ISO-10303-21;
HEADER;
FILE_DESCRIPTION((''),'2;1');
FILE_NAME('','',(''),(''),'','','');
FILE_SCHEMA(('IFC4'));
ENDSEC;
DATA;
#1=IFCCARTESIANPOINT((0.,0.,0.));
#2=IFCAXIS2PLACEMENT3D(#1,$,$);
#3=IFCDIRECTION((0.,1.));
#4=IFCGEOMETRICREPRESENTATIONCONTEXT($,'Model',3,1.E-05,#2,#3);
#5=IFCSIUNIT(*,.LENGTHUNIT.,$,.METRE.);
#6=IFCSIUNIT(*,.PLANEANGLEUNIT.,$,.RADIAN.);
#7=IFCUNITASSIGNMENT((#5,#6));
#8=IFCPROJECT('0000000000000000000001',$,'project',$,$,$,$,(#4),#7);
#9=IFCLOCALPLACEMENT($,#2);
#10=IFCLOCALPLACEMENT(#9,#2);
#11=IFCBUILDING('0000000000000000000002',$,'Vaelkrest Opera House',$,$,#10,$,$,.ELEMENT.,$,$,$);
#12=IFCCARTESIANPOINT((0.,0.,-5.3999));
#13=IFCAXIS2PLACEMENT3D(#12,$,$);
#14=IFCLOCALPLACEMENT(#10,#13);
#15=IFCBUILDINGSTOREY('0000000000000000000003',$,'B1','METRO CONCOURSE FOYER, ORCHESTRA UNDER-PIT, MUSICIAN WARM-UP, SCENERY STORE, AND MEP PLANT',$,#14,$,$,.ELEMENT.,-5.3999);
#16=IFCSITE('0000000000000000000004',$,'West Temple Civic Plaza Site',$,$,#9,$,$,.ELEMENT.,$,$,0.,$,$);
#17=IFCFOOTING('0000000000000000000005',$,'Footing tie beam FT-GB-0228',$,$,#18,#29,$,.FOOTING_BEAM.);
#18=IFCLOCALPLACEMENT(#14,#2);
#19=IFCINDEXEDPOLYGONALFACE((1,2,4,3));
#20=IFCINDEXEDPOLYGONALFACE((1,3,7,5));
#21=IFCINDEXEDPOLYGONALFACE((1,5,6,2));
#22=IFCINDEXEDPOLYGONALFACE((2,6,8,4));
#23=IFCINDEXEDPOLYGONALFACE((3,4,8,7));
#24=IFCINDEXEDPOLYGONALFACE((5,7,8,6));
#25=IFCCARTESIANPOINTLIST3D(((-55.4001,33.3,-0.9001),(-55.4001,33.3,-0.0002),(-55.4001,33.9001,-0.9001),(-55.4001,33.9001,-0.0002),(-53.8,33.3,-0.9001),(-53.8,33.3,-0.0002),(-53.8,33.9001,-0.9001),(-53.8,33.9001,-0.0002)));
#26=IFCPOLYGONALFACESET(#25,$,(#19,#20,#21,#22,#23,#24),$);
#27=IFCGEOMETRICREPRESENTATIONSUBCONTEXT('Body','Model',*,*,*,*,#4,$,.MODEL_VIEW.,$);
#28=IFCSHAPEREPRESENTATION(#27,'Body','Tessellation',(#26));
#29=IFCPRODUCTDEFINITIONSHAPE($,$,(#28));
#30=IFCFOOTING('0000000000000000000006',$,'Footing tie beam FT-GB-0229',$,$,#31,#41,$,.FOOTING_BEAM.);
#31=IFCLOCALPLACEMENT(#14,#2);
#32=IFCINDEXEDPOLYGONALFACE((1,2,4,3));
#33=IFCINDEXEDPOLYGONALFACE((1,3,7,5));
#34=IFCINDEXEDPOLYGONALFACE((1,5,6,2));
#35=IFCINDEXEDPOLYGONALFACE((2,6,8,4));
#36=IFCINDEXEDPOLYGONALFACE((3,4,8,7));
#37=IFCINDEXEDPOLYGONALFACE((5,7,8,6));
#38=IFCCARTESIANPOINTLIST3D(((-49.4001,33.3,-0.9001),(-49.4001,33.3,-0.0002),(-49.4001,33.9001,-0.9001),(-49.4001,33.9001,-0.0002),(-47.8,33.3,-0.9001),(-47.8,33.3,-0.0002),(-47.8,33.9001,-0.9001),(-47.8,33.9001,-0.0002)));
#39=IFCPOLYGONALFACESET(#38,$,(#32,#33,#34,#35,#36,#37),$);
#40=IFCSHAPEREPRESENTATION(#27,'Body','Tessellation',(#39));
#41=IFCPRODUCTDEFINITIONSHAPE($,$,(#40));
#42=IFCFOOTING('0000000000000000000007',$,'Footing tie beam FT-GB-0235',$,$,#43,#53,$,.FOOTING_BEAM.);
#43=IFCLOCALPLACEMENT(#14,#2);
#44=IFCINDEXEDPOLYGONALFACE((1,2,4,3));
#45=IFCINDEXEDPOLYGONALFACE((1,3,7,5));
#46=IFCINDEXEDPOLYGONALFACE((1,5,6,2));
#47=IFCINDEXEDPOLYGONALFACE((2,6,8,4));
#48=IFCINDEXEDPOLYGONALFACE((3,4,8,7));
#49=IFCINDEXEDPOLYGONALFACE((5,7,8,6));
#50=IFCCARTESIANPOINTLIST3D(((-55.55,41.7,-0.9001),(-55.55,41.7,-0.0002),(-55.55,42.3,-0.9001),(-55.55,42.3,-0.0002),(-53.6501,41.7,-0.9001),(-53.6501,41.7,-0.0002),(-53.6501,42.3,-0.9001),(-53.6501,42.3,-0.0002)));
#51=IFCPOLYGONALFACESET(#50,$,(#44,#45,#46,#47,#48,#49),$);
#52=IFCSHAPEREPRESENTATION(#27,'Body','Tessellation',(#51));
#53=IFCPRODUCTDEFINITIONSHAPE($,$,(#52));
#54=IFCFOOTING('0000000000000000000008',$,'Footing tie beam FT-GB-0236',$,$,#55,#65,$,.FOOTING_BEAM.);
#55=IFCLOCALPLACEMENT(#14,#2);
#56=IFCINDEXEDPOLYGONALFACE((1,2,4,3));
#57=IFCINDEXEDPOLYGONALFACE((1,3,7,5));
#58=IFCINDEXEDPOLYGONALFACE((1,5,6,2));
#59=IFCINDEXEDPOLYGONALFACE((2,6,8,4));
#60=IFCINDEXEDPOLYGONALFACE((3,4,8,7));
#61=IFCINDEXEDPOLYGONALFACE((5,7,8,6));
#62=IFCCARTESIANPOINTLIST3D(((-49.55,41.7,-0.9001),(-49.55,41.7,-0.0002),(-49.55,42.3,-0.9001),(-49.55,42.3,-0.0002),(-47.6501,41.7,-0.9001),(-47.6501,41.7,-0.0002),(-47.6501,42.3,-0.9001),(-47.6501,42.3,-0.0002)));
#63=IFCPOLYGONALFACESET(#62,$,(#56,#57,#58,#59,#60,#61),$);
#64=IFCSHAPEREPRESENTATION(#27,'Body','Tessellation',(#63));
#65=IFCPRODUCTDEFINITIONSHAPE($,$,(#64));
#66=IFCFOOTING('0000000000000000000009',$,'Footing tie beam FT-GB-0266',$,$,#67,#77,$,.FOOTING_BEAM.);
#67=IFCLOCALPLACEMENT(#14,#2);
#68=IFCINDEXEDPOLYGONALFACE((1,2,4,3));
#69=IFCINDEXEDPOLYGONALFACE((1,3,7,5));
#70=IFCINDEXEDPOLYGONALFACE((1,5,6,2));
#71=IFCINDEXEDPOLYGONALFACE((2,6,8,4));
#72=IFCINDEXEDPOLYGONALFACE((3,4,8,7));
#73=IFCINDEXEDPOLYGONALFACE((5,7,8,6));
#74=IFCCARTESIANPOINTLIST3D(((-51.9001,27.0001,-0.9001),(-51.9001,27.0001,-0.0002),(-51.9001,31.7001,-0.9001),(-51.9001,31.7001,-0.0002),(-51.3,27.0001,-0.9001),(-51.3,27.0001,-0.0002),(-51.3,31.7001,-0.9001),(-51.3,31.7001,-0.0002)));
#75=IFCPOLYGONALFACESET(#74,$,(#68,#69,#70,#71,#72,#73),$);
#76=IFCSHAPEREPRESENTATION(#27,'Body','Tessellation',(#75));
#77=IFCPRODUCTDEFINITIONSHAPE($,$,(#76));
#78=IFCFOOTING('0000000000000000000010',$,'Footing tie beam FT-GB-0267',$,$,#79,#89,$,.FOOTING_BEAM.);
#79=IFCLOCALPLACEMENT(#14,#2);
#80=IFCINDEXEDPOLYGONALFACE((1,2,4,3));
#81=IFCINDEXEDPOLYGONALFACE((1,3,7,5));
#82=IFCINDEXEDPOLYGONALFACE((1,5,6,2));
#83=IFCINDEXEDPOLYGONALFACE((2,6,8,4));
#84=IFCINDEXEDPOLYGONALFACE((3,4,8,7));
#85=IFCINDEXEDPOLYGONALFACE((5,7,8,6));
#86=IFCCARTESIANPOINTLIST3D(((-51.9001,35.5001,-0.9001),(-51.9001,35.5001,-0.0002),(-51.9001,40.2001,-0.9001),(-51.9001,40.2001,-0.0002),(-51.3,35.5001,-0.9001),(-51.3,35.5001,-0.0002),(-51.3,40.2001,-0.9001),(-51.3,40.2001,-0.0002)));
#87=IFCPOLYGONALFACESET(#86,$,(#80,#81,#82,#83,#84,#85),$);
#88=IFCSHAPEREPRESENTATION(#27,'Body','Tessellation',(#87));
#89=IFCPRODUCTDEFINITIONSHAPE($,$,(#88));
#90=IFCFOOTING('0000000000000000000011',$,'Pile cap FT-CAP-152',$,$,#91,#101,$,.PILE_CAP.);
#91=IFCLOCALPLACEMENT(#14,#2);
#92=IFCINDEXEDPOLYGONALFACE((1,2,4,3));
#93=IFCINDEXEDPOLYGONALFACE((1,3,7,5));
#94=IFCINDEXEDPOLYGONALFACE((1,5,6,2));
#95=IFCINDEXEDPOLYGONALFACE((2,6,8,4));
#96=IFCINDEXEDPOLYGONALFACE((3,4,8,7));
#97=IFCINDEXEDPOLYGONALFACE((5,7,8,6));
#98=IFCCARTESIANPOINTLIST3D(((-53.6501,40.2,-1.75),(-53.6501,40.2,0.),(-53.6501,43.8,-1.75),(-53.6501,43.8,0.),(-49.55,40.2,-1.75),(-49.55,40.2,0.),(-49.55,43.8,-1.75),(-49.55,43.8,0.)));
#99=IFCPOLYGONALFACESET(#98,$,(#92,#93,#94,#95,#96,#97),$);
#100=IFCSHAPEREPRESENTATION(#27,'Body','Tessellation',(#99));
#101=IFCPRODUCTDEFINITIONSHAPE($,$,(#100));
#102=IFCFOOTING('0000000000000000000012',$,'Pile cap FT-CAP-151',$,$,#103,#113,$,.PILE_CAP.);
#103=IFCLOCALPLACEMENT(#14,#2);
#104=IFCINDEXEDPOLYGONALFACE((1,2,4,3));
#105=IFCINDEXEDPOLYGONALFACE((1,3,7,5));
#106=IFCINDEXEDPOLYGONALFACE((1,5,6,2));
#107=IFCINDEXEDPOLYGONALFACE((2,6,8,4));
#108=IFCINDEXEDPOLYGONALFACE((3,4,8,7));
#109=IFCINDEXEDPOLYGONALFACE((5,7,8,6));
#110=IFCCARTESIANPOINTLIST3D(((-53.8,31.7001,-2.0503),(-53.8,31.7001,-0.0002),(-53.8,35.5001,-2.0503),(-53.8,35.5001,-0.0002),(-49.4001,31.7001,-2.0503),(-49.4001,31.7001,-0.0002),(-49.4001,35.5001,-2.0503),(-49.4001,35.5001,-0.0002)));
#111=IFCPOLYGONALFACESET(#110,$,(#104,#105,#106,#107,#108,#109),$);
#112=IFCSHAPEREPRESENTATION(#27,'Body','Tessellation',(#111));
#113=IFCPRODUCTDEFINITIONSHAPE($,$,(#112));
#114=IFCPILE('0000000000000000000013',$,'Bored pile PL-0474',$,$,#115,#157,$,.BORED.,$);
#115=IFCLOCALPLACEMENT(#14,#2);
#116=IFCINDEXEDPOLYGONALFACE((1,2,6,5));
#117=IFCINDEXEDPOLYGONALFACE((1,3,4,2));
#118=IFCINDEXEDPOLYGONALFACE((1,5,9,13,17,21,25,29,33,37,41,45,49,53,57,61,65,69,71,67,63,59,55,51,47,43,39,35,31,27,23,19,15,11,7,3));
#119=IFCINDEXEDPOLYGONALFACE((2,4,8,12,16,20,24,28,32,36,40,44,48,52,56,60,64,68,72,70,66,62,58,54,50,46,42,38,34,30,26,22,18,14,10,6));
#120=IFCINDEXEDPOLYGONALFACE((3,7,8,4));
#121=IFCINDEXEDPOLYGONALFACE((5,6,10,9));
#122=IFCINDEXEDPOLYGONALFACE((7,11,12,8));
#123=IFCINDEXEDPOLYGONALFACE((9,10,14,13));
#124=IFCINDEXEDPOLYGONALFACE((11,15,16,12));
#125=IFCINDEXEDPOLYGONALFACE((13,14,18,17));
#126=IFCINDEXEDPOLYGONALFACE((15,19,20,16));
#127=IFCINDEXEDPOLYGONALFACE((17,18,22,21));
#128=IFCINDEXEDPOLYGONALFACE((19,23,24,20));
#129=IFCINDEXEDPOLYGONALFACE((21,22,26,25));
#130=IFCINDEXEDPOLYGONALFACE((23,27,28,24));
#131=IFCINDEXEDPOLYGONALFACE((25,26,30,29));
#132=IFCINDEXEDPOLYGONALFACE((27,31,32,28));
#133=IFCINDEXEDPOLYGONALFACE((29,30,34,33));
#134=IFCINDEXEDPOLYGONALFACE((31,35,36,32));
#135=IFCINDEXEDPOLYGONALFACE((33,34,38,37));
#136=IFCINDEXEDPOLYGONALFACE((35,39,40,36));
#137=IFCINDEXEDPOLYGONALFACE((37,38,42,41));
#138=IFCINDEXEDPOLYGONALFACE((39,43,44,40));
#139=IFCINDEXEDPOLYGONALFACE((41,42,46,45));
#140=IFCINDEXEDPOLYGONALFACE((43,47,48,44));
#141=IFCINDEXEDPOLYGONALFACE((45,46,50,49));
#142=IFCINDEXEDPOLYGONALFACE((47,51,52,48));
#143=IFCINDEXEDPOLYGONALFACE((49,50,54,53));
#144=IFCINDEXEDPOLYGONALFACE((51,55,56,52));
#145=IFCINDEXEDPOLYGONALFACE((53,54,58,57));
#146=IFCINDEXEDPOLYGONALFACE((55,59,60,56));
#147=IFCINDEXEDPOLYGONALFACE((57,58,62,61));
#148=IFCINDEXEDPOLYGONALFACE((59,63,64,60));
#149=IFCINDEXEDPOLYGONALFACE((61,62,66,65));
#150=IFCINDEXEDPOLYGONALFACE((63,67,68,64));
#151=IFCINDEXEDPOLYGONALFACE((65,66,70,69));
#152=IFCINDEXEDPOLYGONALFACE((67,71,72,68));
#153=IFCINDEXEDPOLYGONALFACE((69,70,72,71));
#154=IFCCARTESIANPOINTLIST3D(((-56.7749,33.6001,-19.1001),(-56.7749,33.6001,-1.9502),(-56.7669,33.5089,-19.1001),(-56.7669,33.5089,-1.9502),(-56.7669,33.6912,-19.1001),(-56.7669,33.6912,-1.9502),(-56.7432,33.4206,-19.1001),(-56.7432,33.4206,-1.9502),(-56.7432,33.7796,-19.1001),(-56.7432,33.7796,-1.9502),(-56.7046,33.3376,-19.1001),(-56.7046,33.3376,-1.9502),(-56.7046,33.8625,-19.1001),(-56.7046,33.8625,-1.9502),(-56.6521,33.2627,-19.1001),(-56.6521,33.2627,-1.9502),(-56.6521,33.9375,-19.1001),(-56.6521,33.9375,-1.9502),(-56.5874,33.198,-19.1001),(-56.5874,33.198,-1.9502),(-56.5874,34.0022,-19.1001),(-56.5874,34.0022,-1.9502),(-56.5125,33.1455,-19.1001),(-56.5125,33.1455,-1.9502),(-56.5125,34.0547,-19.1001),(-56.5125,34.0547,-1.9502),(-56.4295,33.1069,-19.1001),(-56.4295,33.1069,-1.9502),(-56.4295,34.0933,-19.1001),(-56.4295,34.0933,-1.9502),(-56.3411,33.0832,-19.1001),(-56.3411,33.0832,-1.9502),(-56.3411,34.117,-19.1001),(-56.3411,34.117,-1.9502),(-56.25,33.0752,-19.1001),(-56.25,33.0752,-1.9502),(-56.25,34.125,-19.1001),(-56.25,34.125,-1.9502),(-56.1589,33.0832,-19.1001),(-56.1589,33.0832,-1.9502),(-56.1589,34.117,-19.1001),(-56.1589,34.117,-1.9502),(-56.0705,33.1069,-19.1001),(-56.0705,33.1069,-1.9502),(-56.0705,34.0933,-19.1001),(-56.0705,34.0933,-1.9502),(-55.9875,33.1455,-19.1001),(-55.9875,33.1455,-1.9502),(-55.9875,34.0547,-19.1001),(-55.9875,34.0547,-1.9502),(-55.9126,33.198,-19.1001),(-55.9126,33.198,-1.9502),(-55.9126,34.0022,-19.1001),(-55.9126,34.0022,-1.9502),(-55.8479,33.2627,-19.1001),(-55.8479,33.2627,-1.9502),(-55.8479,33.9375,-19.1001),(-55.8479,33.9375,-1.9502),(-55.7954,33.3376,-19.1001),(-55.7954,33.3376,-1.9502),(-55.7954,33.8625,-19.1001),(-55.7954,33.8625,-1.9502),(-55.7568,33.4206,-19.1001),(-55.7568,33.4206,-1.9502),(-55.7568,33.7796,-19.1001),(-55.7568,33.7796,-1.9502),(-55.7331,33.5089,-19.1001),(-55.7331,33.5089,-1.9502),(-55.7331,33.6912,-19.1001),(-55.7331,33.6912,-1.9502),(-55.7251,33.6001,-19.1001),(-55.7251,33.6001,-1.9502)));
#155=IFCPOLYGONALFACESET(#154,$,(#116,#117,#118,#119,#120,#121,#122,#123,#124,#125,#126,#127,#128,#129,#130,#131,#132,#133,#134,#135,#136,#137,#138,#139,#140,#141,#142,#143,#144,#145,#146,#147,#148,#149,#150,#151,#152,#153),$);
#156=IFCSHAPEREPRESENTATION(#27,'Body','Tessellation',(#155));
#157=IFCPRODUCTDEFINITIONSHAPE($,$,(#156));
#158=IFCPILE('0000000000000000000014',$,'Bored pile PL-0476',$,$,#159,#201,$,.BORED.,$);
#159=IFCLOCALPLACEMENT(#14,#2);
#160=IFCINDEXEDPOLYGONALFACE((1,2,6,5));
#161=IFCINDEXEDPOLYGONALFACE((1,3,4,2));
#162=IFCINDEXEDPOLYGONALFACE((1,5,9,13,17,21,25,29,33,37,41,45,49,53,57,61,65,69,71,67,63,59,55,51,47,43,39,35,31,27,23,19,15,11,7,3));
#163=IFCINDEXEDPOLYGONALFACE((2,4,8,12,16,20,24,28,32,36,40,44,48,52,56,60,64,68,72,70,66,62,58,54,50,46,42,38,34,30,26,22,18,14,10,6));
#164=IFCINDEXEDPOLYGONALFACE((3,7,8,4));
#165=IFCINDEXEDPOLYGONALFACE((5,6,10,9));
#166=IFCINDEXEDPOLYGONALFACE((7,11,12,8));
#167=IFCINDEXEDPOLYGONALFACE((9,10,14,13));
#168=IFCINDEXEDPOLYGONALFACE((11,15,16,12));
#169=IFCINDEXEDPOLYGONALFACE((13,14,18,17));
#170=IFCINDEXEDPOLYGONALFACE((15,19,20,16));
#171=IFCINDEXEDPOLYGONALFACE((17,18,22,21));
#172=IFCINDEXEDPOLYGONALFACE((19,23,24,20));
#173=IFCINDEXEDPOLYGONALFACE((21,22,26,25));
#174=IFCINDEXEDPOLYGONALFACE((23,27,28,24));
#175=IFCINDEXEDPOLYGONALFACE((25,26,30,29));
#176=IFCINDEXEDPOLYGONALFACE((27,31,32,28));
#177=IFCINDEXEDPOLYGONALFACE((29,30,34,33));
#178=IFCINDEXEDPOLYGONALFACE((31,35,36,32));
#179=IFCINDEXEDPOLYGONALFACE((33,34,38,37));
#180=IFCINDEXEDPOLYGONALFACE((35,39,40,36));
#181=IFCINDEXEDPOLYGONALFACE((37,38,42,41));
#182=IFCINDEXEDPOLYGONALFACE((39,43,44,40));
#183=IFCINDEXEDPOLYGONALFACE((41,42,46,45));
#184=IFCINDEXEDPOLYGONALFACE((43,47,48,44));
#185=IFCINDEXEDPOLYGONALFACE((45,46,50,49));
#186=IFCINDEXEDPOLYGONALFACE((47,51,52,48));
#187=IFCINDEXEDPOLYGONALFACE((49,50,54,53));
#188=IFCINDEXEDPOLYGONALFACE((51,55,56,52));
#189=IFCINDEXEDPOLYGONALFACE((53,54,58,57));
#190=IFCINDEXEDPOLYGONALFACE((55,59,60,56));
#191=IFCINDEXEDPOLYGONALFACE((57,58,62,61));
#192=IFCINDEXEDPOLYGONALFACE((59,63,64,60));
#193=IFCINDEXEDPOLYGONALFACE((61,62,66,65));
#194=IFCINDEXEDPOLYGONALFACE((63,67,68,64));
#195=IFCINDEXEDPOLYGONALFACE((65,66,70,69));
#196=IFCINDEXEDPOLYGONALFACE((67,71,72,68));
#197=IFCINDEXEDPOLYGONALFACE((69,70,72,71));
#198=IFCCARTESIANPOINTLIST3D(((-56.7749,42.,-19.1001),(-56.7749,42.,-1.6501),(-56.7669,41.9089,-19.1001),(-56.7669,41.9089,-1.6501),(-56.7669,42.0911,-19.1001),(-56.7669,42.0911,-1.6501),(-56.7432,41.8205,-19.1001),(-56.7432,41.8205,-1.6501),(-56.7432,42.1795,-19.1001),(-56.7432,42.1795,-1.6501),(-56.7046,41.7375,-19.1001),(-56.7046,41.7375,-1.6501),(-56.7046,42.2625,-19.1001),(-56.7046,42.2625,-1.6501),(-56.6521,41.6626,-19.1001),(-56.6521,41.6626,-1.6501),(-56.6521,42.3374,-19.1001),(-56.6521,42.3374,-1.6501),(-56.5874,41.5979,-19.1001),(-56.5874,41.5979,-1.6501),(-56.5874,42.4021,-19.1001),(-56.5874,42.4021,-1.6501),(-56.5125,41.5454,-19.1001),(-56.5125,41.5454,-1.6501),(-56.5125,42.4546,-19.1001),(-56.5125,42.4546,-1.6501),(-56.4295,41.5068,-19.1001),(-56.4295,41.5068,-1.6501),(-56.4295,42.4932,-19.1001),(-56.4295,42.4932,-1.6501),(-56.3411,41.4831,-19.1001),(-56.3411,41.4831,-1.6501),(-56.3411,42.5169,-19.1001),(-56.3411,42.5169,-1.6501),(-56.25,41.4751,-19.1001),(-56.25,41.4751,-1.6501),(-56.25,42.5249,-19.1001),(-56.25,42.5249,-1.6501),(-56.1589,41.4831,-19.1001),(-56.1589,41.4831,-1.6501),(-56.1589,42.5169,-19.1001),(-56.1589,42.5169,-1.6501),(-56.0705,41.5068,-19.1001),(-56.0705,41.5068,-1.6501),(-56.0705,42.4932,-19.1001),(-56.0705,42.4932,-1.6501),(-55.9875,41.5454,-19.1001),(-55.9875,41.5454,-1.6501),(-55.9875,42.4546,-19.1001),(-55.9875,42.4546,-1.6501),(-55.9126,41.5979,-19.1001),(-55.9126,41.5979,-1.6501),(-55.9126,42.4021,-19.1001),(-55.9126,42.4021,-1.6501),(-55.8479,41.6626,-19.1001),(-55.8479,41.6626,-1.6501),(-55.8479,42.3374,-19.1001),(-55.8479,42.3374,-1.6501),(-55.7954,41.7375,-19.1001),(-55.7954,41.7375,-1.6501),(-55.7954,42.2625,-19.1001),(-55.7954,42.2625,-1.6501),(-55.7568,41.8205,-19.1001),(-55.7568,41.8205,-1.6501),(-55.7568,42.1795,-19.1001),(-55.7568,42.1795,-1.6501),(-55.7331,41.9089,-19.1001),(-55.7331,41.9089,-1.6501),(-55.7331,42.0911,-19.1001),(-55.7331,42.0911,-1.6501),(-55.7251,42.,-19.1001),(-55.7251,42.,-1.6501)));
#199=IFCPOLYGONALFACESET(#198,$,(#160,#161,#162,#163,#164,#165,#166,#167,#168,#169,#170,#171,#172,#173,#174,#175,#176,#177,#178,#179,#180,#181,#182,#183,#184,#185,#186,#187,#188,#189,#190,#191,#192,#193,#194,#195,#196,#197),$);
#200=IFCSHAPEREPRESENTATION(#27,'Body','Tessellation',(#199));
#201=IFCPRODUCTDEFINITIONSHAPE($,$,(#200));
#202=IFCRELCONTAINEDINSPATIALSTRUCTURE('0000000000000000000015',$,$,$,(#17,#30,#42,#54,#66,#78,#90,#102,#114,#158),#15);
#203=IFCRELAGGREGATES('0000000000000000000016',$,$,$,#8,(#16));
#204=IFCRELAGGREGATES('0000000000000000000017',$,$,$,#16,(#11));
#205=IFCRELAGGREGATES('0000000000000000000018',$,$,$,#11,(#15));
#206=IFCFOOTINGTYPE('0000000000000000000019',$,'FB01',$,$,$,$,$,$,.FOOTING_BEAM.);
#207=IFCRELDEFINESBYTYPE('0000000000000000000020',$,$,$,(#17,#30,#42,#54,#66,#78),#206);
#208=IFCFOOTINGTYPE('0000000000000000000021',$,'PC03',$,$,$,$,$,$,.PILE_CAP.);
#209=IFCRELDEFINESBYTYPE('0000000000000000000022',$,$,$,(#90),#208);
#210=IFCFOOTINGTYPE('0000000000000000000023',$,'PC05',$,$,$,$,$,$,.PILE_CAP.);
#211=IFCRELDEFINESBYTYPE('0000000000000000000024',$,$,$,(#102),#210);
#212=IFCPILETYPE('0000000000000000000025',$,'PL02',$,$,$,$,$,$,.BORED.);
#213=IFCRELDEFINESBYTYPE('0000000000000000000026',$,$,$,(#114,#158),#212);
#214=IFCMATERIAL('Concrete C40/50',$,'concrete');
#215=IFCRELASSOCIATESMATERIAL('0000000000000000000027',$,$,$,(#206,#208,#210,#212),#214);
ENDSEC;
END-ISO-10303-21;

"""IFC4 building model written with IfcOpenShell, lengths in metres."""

from ifc_helpers import new_model, si_unit, direction, frame, origin, origin_2d, place, context, subcontext, project, spatial, rectangle, circle, extrude, material, material_profile, profile_set, type_object, element, save


model = new_model("IFC4")

# Units and contexts
model_context = context("Model", 3, precision=1e-05, world=origin(), true_north=direction((0.0, 1.0)))
body_context = subcontext(model_context, "Body", "Model", "MODEL_VIEW")
ifc_project = project(units=[si_unit("LENGTHUNIT", "METRE"), si_unit("PLANEANGLEUNIT", "RADIAN")], contexts=[model_context])

# Site, building, storey
site_placement = place(None, origin())
site = spatial("IfcSite", under=ifc_project, at=site_placement, Name="West Temple Civic Plaza Site", CompositionType="ELEMENT", RefElevation=0.0)
building_placement = place(site_placement, origin())
building = spatial("IfcBuilding", under=site, at=building_placement, Name="Vaelkrest Opera House", CompositionType="ELEMENT")
storey_placement = place(building_placement, frame((0.0, 0.0, -5.3999)))
storey = spatial("IfcBuildingStorey", under=building, at=storey_placement, Name="B1", Description="METRO CONCOURSE FOYER, ORCHESTRA UNDER-PIT, MUSICIAN WARM-UP, SCENERY STORE, AND MEP PLANT", CompositionType="ELEMENT", Elevation=-5.3999)

# Footings
ifc_material_1 = material(Name="Concrete C40/50", Category="concrete")
footing_type_1 = type_object("IfcFootingType", Name="FB01", PredefinedType="FOOTING_BEAM", material=ifc_material_1)
for number, where, z_axis, x_axis, name in (
    (1, (-54.6001, 33.6001, -0.9001), (0.0, 0.0, 1.0), (1.0, 0.0, 0.0), "Footing tie beam FT-GB-0228"),
    (2, (-48.6001, 33.6001, -0.9001), (0.0, 0.0, 1.0), (1.0, 0.0, 0.0), "Footing tie beam FT-GB-0229"),
):
    element("IfcFooting", number, at=place(storey_placement, frame(where, z_axis=z_axis, x_axis=x_axis)), inside=storey, type_object=footing_type_1, Name=name, PredefinedType="FOOTING_BEAM", context=body_context, shape_type="SweptSolid", body=[
        extrude(rectangle(XDim=1.6001, YDim=0.6001, at=origin_2d()), origin(), (0.0, 0.0, 1.0), 0.8999),
    ])
for number, where, z_axis, x_axis, name in (
    (3, (-54.6001, 42.0, -0.9001), (0.0, 0.0, 1.0), (1.0, 0.0, 0.0), "Footing tie beam FT-GB-0235"),
    (4, (-48.6001, 42.0, -0.9001), (0.0, 0.0, 1.0), (1.0, 0.0, 0.0), "Footing tie beam FT-GB-0236"),
):
    element("IfcFooting", number, at=place(storey_placement, frame(where, z_axis=z_axis, x_axis=x_axis)), inside=storey, type_object=footing_type_1, Name=name, PredefinedType="FOOTING_BEAM", context=body_context, shape_type="SweptSolid", body=[
        extrude(rectangle(XDim=1.8999, YDim=0.6001, at=origin_2d()), origin(), (0.0, 0.0, 1.0), 0.8999),
    ])
for number, where, z_axis, x_axis, name in (
    (5, (-51.6001, 29.3501, -0.9001), (0.0, 0.0, 1.0), (0.0, 1.0, 0.0), "Footing tie beam FT-GB-0266"),
    (6, (-51.6001, 37.8501, -0.9001), (0.0, 0.0, 1.0), (0.0, 1.0, 0.0), "Footing tie beam FT-GB-0267"),
):
    element("IfcFooting", number, at=place(storey_placement, frame(where, z_axis=z_axis, x_axis=x_axis)), inside=storey, type_object=footing_type_1, Name=name, PredefinedType="FOOTING_BEAM", context=body_context, shape_type="SweptSolid", body=[
        extrude(rectangle(XDim=4.7, YDim=0.6001, at=origin_2d()), origin(), (0.0, 0.0, 1.0), 0.8999),
    ])
footing_type_2 = type_object("IfcFootingType", Name="PC03", PredefinedType="PILE_CAP", material=ifc_material_1)
footing_1_placement = place(storey_placement, frame((-51.6001, 42.0, -1.75), z_axis=(0.0, 0.0, 1.0), x_axis=(1.0, 0.0, 0.0)))
element("IfcFooting", 7, at=footing_1_placement, inside=storey, type_object=footing_type_2, Name="Pile cap FT-CAP-152", PredefinedType="PILE_CAP", context=body_context, shape_type="SweptSolid", body=[
    extrude(rectangle(XDim=4.1001, YDim=3.6001, at=origin_2d()), origin(), (0.0, 0.0, 1.0), 1.75),
])
footing_type_3 = type_object("IfcFootingType", Name="PC05", PredefinedType="PILE_CAP", material=ifc_material_1)
footing_2_placement = place(storey_placement, frame((-51.6001, 33.6001, -2.0503), z_axis=(0.0, 0.0, 1.0), x_axis=(1.0, 0.0, 0.0)))
element("IfcFooting", 8, at=footing_2_placement, inside=storey, type_object=footing_type_3, Name="Pile cap FT-CAP-151", PredefinedType="PILE_CAP", context=body_context, shape_type="SweptSolid", body=[
    extrude(rectangle(XDim=4.3999, YDim=3.8, at=origin_2d()), origin(), (0.0, 0.0, 1.0), 2.05),
])

# Piles
ifc_material_profile_1 = material_profile(ifc_material_1, circle(Radius=0.5249, at=origin_2d()), Name="PILE1050")
ifc_profile_set_1 = profile_set([ifc_material_profile_1], Name="Concrete C40/50")
pile_type = type_object("IfcPileType", Name="PL02", PredefinedType="BORED", material=ifc_profile_set_1)
pile_1_placement = place(storey_placement, frame((-56.25, 33.6001, -1.9502), z_axis=(0.0, 0.0, -1.0), x_axis=(1.0, 0.0, 0.0)))
element("IfcPile", 9, at=pile_1_placement, inside=storey, type_object=pile_type, Name="Bored pile PL-0474", PredefinedType="BORED", context=body_context, shape_type="SweptSolid", body=[
    extrude(circle(Radius=0.5249, at=origin_2d()), origin(), (0.0, 0.0, 1.0), 17.1499),
])
pile_2_placement = place(storey_placement, frame((-56.25, 42.0, -1.6501), z_axis=(0.0, 0.0, -1.0), x_axis=(1.0, 0.0, 0.0)))
element("IfcPile", 10, at=pile_2_placement, inside=storey, type_object=pile_type, Name="Bored pile PL-0476", PredefinedType="BORED", context=body_context, shape_type="SweptSolid", body=[
    extrude(circle(Radius=0.5249, at=origin_2d()), origin(), (0.0, 0.0, 1.0), 17.45),
])

save(model, "model.ifc")
